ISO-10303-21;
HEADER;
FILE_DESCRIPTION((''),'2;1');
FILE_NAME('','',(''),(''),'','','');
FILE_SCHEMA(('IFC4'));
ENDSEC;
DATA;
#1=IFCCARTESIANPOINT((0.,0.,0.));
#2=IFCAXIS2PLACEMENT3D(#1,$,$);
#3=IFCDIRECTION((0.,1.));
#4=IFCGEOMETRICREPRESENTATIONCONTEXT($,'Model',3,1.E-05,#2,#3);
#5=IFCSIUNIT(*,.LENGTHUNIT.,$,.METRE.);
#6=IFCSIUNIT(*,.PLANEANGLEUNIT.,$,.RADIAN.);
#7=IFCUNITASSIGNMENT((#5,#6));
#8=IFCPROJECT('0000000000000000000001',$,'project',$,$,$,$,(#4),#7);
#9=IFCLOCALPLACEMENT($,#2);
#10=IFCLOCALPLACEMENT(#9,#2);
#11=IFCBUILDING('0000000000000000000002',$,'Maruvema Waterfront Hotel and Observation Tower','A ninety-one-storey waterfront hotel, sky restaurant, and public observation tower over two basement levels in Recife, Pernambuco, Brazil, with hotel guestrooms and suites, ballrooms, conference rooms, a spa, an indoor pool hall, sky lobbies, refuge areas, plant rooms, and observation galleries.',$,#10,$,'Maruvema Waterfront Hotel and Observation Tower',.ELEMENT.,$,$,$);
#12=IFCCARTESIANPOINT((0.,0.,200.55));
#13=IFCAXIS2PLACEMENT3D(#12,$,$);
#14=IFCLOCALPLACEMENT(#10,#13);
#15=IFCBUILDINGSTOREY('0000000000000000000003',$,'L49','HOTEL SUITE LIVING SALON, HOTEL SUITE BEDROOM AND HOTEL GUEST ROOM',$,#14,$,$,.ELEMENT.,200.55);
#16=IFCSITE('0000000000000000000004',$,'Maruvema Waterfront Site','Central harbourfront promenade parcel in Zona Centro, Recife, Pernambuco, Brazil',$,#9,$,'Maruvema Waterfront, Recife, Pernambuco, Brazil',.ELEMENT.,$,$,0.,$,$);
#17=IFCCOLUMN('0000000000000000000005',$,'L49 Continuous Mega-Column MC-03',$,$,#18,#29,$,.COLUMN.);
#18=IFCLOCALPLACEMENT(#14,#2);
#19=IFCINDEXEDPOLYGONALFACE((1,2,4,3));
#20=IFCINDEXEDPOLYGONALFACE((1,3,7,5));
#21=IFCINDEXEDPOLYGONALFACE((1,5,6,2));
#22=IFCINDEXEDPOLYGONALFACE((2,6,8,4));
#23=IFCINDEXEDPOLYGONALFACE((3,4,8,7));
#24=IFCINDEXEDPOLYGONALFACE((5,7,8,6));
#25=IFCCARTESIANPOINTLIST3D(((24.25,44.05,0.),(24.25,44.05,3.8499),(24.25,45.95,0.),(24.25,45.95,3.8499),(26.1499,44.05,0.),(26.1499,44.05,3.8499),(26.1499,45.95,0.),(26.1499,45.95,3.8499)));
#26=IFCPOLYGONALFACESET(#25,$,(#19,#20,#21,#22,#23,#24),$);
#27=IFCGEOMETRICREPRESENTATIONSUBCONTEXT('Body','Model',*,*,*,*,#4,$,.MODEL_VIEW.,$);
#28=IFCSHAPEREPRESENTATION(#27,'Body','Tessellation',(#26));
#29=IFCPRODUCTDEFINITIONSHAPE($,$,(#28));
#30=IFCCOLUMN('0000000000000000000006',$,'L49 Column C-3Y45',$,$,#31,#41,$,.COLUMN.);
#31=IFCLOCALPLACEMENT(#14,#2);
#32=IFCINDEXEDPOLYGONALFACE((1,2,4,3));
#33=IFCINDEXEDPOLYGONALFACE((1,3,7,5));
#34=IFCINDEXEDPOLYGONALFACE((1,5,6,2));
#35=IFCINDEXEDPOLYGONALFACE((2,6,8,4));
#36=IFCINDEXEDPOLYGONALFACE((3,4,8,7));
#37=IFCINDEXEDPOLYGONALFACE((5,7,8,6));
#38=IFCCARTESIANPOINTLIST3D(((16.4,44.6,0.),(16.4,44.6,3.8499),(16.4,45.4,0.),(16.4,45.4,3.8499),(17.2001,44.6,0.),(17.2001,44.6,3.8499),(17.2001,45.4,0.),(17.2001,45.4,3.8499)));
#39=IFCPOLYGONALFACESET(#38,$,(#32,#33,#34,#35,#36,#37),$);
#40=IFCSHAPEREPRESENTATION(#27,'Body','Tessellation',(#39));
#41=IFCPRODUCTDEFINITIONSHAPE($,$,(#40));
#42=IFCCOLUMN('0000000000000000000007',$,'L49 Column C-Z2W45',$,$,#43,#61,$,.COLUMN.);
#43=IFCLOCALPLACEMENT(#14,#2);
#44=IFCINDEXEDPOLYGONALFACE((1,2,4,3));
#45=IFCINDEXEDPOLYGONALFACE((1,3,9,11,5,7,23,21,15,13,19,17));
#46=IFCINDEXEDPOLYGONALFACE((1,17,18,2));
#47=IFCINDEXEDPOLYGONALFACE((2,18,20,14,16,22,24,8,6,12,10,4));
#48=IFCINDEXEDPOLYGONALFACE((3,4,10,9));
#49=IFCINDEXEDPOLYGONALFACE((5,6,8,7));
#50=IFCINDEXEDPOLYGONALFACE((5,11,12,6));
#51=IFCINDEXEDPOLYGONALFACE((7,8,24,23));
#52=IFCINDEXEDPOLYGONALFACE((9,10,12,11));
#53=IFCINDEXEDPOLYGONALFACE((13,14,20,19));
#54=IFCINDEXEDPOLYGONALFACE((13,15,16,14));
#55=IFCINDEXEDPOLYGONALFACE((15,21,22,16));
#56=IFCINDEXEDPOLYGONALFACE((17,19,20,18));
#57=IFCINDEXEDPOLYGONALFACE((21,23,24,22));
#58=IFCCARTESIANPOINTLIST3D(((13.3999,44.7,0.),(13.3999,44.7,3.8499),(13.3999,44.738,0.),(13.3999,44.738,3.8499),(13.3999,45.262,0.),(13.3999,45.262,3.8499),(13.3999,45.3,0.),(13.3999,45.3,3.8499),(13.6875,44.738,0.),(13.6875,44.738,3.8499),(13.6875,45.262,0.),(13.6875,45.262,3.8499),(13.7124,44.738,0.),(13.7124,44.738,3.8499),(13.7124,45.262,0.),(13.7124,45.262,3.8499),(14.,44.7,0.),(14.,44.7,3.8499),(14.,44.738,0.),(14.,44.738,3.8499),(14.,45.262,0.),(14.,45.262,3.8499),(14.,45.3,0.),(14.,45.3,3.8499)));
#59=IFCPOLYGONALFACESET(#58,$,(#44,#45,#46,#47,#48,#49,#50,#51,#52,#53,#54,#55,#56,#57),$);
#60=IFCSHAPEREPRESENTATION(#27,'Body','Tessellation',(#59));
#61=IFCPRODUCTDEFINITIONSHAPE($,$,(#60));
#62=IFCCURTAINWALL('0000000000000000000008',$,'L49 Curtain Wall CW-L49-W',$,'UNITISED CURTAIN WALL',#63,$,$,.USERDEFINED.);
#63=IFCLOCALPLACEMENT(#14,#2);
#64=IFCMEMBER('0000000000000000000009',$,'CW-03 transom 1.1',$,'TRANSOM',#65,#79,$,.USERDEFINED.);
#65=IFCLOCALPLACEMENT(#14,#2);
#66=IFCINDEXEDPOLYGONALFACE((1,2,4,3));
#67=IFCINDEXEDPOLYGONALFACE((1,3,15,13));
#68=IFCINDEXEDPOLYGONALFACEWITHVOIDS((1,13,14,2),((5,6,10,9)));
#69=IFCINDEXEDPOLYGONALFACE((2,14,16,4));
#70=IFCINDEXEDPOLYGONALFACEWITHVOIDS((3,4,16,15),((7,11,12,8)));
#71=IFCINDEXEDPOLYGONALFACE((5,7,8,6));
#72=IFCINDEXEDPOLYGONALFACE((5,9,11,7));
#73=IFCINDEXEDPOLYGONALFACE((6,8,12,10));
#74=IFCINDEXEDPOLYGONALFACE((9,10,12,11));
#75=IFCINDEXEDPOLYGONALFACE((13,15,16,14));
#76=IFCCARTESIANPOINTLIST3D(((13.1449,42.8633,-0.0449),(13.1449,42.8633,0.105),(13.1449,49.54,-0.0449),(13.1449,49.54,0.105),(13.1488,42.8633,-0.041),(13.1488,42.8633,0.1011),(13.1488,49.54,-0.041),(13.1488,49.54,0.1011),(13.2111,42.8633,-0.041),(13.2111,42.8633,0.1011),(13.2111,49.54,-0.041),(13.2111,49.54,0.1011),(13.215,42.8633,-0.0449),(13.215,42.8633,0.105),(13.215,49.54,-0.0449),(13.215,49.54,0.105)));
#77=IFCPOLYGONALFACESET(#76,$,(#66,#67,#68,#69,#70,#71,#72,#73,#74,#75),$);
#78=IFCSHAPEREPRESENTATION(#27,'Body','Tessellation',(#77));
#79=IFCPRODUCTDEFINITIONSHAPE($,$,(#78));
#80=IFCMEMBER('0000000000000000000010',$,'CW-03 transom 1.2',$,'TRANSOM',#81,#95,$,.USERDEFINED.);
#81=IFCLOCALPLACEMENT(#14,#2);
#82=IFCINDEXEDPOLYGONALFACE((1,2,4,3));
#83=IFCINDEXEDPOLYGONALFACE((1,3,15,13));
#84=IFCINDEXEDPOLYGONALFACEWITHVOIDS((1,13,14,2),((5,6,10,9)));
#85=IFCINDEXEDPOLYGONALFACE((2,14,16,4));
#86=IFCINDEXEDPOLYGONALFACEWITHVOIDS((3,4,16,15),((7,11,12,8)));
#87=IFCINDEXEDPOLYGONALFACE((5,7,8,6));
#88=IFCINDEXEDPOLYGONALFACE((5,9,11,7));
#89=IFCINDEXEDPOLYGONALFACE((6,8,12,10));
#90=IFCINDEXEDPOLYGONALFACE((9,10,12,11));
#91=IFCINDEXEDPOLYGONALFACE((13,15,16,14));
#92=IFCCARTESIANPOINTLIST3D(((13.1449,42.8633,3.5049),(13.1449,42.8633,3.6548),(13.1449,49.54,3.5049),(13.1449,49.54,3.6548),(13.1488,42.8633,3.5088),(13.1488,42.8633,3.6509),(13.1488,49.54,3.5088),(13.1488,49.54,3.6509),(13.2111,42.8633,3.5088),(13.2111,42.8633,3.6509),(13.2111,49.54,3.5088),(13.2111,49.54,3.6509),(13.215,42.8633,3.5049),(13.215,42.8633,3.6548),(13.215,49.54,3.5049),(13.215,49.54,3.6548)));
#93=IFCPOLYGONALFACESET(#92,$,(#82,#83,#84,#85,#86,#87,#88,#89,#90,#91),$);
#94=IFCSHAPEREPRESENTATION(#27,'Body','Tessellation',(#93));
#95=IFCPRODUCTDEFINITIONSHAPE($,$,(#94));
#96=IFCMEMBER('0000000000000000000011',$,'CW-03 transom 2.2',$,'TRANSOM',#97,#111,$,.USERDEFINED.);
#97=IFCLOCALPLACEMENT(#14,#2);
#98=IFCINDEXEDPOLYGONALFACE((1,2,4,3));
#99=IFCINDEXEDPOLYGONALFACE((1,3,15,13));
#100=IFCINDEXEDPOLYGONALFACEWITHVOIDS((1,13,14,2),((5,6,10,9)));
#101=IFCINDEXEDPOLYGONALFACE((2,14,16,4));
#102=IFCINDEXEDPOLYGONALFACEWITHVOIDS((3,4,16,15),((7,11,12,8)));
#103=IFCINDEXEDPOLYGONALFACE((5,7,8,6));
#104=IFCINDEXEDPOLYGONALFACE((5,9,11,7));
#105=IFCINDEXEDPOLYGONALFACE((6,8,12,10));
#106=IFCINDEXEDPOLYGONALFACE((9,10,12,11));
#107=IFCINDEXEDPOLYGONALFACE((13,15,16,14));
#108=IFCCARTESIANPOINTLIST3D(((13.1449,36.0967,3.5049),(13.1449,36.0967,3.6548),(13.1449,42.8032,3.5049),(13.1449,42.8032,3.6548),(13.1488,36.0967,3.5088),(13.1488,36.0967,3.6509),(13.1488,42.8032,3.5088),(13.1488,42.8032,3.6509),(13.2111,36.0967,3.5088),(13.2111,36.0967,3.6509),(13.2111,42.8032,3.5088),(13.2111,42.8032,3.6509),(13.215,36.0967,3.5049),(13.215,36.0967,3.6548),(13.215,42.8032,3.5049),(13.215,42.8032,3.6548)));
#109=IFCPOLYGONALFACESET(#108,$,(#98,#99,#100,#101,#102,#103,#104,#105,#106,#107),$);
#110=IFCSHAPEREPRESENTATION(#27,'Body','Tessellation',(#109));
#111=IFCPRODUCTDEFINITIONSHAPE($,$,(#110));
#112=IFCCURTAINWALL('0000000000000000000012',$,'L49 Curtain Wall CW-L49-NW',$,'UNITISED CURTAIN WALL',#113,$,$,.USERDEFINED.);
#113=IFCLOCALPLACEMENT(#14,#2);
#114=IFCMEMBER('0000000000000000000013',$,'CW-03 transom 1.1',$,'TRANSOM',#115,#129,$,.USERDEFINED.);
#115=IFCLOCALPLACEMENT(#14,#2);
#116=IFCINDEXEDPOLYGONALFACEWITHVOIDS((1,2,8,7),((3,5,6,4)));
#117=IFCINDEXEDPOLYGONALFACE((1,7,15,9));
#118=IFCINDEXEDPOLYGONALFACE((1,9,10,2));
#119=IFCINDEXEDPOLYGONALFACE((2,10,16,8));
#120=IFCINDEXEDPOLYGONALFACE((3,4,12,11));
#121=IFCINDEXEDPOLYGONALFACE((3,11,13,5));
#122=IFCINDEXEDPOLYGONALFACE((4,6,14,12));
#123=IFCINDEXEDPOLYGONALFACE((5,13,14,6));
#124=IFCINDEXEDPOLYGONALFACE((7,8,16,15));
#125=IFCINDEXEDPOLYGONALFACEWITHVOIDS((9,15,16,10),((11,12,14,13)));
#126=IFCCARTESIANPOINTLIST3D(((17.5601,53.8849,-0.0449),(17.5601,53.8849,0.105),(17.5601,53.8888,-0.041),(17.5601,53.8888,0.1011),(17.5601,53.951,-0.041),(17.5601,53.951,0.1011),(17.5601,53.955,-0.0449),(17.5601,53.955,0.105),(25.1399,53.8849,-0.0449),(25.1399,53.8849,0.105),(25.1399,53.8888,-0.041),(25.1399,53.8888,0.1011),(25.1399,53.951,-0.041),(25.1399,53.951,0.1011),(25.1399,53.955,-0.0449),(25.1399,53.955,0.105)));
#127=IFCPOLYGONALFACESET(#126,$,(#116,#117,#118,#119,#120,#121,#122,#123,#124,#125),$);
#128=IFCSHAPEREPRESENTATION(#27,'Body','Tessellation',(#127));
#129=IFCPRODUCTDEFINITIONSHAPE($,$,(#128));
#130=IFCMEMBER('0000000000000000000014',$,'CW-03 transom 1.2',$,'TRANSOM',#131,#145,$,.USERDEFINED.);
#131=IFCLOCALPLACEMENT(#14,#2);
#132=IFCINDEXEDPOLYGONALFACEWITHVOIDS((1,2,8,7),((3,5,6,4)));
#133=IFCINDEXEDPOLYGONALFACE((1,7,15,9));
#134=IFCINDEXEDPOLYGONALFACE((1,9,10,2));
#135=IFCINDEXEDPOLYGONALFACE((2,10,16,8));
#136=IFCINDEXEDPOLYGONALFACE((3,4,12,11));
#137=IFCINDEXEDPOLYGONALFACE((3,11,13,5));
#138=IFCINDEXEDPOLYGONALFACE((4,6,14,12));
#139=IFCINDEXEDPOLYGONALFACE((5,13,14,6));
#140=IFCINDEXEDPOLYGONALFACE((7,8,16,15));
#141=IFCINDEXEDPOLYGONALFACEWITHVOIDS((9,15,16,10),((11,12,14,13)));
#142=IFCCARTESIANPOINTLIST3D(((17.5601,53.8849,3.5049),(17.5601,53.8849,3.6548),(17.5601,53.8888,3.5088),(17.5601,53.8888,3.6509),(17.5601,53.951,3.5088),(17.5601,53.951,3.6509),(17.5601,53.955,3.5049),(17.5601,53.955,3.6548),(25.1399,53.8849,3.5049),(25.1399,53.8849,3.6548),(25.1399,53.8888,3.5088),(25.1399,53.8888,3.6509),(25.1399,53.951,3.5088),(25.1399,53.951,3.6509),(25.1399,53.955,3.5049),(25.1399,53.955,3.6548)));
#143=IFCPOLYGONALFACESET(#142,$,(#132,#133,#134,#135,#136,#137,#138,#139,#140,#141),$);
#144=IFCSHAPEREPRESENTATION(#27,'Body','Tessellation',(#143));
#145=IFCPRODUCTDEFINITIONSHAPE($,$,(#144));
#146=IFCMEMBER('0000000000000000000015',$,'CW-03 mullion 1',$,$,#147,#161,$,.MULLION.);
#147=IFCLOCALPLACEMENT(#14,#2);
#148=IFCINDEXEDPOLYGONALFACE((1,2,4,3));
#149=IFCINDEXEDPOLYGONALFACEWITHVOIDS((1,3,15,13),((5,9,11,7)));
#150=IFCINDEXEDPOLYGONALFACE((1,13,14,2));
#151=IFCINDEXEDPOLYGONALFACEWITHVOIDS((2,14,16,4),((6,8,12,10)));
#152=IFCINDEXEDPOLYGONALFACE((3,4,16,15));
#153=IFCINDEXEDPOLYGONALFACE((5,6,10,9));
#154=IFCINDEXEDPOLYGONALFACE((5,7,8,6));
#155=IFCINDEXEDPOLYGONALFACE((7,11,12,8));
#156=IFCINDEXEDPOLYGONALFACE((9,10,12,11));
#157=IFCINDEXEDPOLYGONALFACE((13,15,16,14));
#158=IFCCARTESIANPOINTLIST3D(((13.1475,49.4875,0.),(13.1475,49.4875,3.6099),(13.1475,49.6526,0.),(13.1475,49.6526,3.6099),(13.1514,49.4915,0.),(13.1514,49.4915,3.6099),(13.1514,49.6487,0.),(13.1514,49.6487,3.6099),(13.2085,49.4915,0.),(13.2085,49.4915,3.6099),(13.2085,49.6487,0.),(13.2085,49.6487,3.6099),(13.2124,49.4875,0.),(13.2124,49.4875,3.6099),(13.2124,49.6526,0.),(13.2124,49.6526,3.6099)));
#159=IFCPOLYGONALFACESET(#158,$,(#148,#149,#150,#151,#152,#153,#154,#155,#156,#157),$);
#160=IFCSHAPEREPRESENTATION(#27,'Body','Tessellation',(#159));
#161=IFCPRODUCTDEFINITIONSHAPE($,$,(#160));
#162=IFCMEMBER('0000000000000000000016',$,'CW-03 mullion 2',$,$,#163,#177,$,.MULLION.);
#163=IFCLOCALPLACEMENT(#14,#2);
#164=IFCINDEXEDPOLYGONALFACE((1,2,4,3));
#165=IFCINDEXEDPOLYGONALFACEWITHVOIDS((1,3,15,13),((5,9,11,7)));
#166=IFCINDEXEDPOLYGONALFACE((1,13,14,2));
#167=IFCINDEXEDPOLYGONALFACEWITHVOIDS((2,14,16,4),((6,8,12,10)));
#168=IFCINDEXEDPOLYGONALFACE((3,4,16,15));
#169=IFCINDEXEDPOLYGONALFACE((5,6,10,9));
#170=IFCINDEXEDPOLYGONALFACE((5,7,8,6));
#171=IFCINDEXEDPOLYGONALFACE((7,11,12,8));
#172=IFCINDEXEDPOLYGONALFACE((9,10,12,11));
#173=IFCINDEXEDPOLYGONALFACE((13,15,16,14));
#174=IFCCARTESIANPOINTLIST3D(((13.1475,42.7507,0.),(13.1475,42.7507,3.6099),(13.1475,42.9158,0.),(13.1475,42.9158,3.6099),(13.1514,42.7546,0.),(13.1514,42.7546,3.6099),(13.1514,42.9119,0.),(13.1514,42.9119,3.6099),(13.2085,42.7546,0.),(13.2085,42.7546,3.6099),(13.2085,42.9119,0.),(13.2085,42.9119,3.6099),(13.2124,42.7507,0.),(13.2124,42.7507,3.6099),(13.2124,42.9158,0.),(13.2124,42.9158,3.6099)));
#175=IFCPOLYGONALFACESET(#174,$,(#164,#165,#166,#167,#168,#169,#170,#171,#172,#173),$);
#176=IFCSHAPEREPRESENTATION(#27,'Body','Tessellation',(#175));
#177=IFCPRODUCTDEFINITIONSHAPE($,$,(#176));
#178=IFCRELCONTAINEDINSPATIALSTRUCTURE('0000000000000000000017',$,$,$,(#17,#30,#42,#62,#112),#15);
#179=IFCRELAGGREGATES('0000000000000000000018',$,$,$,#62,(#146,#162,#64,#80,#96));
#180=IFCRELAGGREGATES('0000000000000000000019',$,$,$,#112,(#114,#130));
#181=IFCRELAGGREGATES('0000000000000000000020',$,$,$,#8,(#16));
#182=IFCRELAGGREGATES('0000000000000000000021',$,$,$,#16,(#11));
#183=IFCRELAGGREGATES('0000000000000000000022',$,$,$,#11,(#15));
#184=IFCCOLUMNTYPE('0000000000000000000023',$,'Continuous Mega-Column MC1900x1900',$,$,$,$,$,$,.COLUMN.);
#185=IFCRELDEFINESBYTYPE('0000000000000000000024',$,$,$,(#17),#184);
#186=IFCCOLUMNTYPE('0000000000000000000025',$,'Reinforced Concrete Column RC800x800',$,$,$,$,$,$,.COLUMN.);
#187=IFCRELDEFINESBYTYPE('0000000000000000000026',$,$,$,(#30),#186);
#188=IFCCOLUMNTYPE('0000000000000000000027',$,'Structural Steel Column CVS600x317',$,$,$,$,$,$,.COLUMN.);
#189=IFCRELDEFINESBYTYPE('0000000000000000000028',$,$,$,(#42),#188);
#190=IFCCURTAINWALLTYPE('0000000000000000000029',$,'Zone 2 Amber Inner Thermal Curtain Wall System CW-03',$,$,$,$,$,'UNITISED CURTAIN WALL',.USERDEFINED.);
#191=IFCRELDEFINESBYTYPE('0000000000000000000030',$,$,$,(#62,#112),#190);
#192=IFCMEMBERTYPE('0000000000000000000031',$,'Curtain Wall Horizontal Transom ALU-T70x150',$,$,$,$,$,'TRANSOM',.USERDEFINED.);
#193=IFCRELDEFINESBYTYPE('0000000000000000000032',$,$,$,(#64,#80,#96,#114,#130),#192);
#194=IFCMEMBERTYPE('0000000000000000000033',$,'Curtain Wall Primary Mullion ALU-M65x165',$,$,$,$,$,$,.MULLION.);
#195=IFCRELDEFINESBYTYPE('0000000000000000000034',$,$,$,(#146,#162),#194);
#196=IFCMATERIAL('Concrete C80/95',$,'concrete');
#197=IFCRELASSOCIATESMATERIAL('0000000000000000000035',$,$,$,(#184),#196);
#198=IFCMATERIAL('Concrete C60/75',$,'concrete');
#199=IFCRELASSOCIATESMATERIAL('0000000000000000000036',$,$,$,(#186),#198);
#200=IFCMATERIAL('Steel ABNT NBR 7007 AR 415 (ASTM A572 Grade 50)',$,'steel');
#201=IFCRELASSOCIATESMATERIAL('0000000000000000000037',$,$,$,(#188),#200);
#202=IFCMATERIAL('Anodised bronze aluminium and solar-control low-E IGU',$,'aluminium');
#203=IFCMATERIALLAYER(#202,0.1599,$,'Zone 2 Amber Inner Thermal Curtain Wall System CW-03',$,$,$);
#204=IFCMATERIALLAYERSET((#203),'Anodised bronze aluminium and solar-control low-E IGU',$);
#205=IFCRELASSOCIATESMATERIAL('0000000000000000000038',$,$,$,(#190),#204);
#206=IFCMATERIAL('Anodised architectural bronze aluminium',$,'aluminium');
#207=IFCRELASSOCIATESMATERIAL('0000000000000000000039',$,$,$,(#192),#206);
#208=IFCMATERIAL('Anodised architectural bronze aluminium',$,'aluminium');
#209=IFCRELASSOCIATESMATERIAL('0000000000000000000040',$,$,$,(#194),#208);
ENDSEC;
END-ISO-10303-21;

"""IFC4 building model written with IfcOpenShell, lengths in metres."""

from ifc_helpers import new_model, si_unit, direction, frame, origin, origin_2d, place, context, subcontext, project, spatial, rectangle, hollow_rectangle, i_section, extrude, material, layer, layer_set, material_profile, profile_set, type_object, element, aggregate, save


model = new_model("IFC4")

# Units and contexts
model_context = context("Model", 3, precision=1e-05, world=origin(), true_north=direction((0.0, 1.0)))
body_context = subcontext(model_context, "Body", "Model", "MODEL_VIEW")
ifc_project = project(units=[si_unit("LENGTHUNIT", "METRE"), si_unit("PLANEANGLEUNIT", "RADIAN")], contexts=[model_context])

# Site, building, storey
site_placement = place(None, origin())
site = spatial("IfcSite", under=ifc_project, at=site_placement, Name="Maruvema Waterfront Site", Description="Central harbourfront promenade parcel in Zona Centro, Recife, Pernambuco, Brazil", LongName="Maruvema Waterfront, Recife, Pernambuco, Brazil", CompositionType="ELEMENT", RefElevation=0.0)
building_placement = place(site_placement, origin())
building = spatial("IfcBuilding", under=site, at=building_placement, Name="Maruvema Waterfront Hotel and Observation Tower", Description="A ninety-one-storey waterfront hotel, sky restaurant, and public observation tower over two basement levels in Recife, Pernambuco, Brazil, with hotel guestrooms and suites, ballrooms, conference rooms, a spa, an indoor pool hall, sky lobbies, refuge areas, plant rooms, and observation galleries.", LongName="Maruvema Waterfront Hotel and Observation Tower", CompositionType="ELEMENT")
storey_placement = place(building_placement, frame((0.0, 0.0, 200.55)))
storey = spatial("IfcBuildingStorey", under=building, at=storey_placement, Name="L49", Description="HOTEL SUITE LIVING SALON, HOTEL SUITE BEDROOM AND HOTEL GUEST ROOM", CompositionType="ELEMENT", Elevation=200.55)

# Columns
ifc_material_1 = material(Name="Concrete C80/95", Category="concrete")
ifc_material_profile_1 = material_profile(ifc_material_1, rectangle(XDim=1.8999, YDim=1.8999, at=origin_2d()), Name="MC1900x1900")
ifc_profile_set_1 = profile_set([ifc_material_profile_1], Name="Concrete C80/95")
column_type_1 = type_object("IfcColumnType", Name="Continuous Mega-Column MC1900x1900", PredefinedType="COLUMN", material=ifc_profile_set_1)
column_1_placement = place(storey_placement, frame((25.2, 45.0, 0.0), z_axis=(0.0, 0.0, 1.0), x_axis=(1.0, 0.0, 0.0)))
element("IfcColumn", 1, at=column_1_placement, inside=storey, type_object=column_type_1, Name="L49 Continuous Mega-Column MC-03", PredefinedType="COLUMN", context=body_context, shape_type="SweptSolid", body=[
    extrude(rectangle(XDim=1.8999, YDim=1.8999, at=origin_2d()), origin(), (0.0, 0.0, 1.0), 3.8499),
])
ifc_material_2 = material(Name="Concrete C60/75", Category="concrete")
ifc_material_profile_2 = material_profile(ifc_material_2, rectangle(XDim=0.8, YDim=0.8, at=origin_2d()), Name="RC800x800")
ifc_profile_set_2 = profile_set([ifc_material_profile_2], Name="Concrete C60/75")
column_type_2 = type_object("IfcColumnType", Name="Reinforced Concrete Column RC800x800", PredefinedType="COLUMN", material=ifc_profile_set_2)
column_2_placement = place(storey_placement, frame((16.8, 45.0, 0.0), z_axis=(0.0, 0.0, 1.0), x_axis=(1.0, 0.0, 0.0)))
element("IfcColumn", 2, at=column_2_placement, inside=storey, type_object=column_type_2, Name="L49 Column C-3Y45", PredefinedType="COLUMN", context=body_context, shape_type="SweptSolid", body=[
    extrude(rectangle(XDim=0.8, YDim=0.8, at=origin_2d()), origin(), (0.0, 0.0, 1.0), 3.8499),
])
ifc_material_3 = material(Name="Steel ABNT NBR 7007 AR 415 (ASTM A572 Grade 50)", Category="steel")
ifc_material_profile_3 = material_profile(ifc_material_3, i_section(OverallWidth=0.6001, OverallDepth=0.6001, WebThickness=0.0249, FlangeThickness=0.0381, at=origin_2d()), Name="CVS600x317")
ifc_profile_set_3 = profile_set([ifc_material_profile_3], Name="Steel ABNT NBR 7007 AR 415 (ASTM A572 Grade 50)")
column_type_3 = type_object("IfcColumnType", Name="Structural Steel Column CVS600x317", PredefinedType="COLUMN", material=ifc_profile_set_3)
column_3_placement = place(storey_placement, frame((13.7, 45.0, 0.0), z_axis=(0.0, 0.0, 1.0), x_axis=(1.0, 0.0, 0.0)))
element("IfcColumn", 3, at=column_3_placement, inside=storey, type_object=column_type_3, Name="L49 Column C-Z2W45", PredefinedType="COLUMN", context=body_context, shape_type="SweptSolid", body=[
    extrude(i_section(OverallWidth=0.6001, OverallDepth=0.6001, WebThickness=0.0249, FlangeThickness=0.0381, at=origin_2d()), origin(), (0.0, 0.0, 1.0), 3.8499),
])

# Curtain walls, members
ifc_material_4 = material(Name="Anodised bronze aluminium and solar-control low-E IGU", Category="aluminium")
ifc_layer_1 = layer(ifc_material_4, 0.1599, Name="Zone 2 Amber Inner Thermal Curtain Wall System CW-03")
ifc_layer_set_1 = layer_set([ifc_layer_1], Name="Anodised bronze aluminium and solar-control low-E IGU")
curtain_wall_type = type_object("IfcCurtainWallType", Name="Zone 2 Amber Inner Thermal Curtain Wall System CW-03", ElementType="UNITISED CURTAIN WALL", PredefinedType="USERDEFINED", material=ifc_layer_set_1)
curtain_wall_1_placement = place(storey_placement, origin())
curtain_wall_1 = element("IfcCurtainWall", 4, at=curtain_wall_1_placement, inside=storey, type_object=curtain_wall_type, Name="L49 Curtain Wall CW-L49-W", ObjectType="UNITISED CURTAIN WALL", PredefinedType="USERDEFINED")
ifc_material_5 = material(Name="Anodised architectural bronze aluminium", Category="aluminium")
ifc_material_profile_4 = material_profile(ifc_material_5, hollow_rectangle(XDim=0.0701, YDim=0.1499, WallThickness=0.0039, at=origin_2d()), Name="ALU-T70x150")
ifc_profile_set_4 = profile_set([ifc_material_profile_4], Name="Anodised architectural bronze aluminium")
member_type_1 = type_object("IfcMemberType", Name="Curtain Wall Horizontal Transom ALU-T70x150", ElementType="TRANSOM", PredefinedType="USERDEFINED", material=ifc_profile_set_4)
member_1_placement = place(storey_placement, frame((13.1799, 49.54, 0.03), z_axis=(0.0, -1.0, 0.0), x_axis=(1.0, 0.0, 0.0)))
member_1 = element("IfcMember", 5, at=member_1_placement, type_object=member_type_1, Name="CW-03 transom 1.1", ObjectType="TRANSOM", PredefinedType="USERDEFINED", context=body_context, shape_type="SweptSolid", body=[
    extrude(hollow_rectangle(XDim=0.0701, YDim=0.1499, WallThickness=0.0039, at=origin_2d()), origin(), (0.0, 0.0, 1.0), 6.6768),
])
member_2_placement = place(storey_placement, frame((13.1799, 49.54, 3.5798), z_axis=(0.0, -1.0, 0.0), x_axis=(1.0, 0.0, 0.0)))
member_2 = element("IfcMember", 6, at=member_2_placement, type_object=member_type_1, Name="CW-03 transom 1.2", ObjectType="TRANSOM", PredefinedType="USERDEFINED", context=body_context, shape_type="SweptSolid", body=[
    extrude(hollow_rectangle(XDim=0.0701, YDim=0.1499, WallThickness=0.0039, at=origin_2d()), origin(), (0.0, 0.0, 1.0), 6.6768),
])
member_3_placement = place(storey_placement, frame((13.1799, 42.8032, 3.5798), z_axis=(0.0, -1.0, 0.0), x_axis=(1.0, 0.0, 0.0)))
member_3 = element("IfcMember", 7, at=member_3_placement, type_object=member_type_1, Name="CW-03 transom 2.2", ObjectType="TRANSOM", PredefinedType="USERDEFINED", context=body_context, shape_type="SweptSolid", body=[
    extrude(hollow_rectangle(XDim=0.0701, YDim=0.1499, WallThickness=0.0039, at=origin_2d()), origin(), (0.0, 0.0, 1.0), 6.7065),
])
curtain_wall_2_placement = place(storey_placement, origin())
curtain_wall_2 = element("IfcCurtainWall", 8, at=curtain_wall_2_placement, inside=storey, type_object=curtain_wall_type, Name="L49 Curtain Wall CW-L49-NW", ObjectType="UNITISED CURTAIN WALL", PredefinedType="USERDEFINED")
member_4_placement = place(storey_placement, frame((25.1399, 53.9199, 0.03), z_axis=(-1.0, 0.0, 0.0), x_axis=(0.0, -1.0, 0.0)))
member_4 = element("IfcMember", 9, at=member_4_placement, type_object=member_type_1, Name="CW-03 transom 1.1", ObjectType="TRANSOM", PredefinedType="USERDEFINED", context=body_context, shape_type="SweptSolid", body=[
    extrude(hollow_rectangle(XDim=0.0701, YDim=0.1499, WallThickness=0.0039, at=origin_2d()), origin(), (0.0, 0.0, 1.0), 7.5798),
])
member_5_placement = place(storey_placement, frame((25.1399, 53.9199, 3.5798), z_axis=(-1.0, 0.0, 0.0), x_axis=(0.0, -1.0, 0.0)))
member_5 = element("IfcMember", 10, at=member_5_placement, type_object=member_type_1, Name="CW-03 transom 1.2", ObjectType="TRANSOM", PredefinedType="USERDEFINED", context=body_context, shape_type="SweptSolid", body=[
    extrude(hollow_rectangle(XDim=0.0701, YDim=0.1499, WallThickness=0.0039, at=origin_2d()), origin(), (0.0, 0.0, 1.0), 7.5798),
])

# Members
ifc_material_6 = material(Name="Anodised architectural bronze aluminium", Category="aluminium")
ifc_material_profile_5 = material_profile(ifc_material_6, hollow_rectangle(XDim=0.0649, YDim=0.165, WallThickness=0.0039, at=origin_2d()), Name="ALU-M65x165")
ifc_profile_set_5 = profile_set([ifc_material_profile_5], Name="Anodised architectural bronze aluminium")
member_type_2 = type_object("IfcMemberType", Name="Curtain Wall Primary Mullion ALU-M65x165", PredefinedType="MULLION", material=ifc_profile_set_5)
member_6_placement = place(storey_placement, frame((13.1799, 49.5701, 0.0), z_axis=(0.0, 0.0, 1.0), x_axis=(1.0, 0.0, 0.0)))
member_6 = element("IfcMember", 11, at=member_6_placement, type_object=member_type_2, Name="CW-03 mullion 1", PredefinedType="MULLION", context=body_context, shape_type="SweptSolid", body=[
    extrude(hollow_rectangle(XDim=0.0649, YDim=0.165, WallThickness=0.0039, at=origin_2d()), origin(), (0.0, 0.0, 1.0), 3.6099),
])
member_7_placement = place(storey_placement, frame((13.1799, 42.8333, 0.0), z_axis=(0.0, 0.0, 1.0), x_axis=(1.0, 0.0, 0.0)))
member_7 = element("IfcMember", 12, at=member_7_placement, type_object=member_type_2, Name="CW-03 mullion 2", PredefinedType="MULLION", context=body_context, shape_type="SweptSolid", body=[
    extrude(hollow_rectangle(XDim=0.0649, YDim=0.165, WallThickness=0.0039, at=origin_2d()), origin(), (0.0, 0.0, 1.0), 3.6099),
])

aggregate(curtain_wall_1, [member_6, member_7, member_1, member_2, member_3])
aggregate(curtain_wall_2, [member_4, member_5])

save(model, "model.ifc")
